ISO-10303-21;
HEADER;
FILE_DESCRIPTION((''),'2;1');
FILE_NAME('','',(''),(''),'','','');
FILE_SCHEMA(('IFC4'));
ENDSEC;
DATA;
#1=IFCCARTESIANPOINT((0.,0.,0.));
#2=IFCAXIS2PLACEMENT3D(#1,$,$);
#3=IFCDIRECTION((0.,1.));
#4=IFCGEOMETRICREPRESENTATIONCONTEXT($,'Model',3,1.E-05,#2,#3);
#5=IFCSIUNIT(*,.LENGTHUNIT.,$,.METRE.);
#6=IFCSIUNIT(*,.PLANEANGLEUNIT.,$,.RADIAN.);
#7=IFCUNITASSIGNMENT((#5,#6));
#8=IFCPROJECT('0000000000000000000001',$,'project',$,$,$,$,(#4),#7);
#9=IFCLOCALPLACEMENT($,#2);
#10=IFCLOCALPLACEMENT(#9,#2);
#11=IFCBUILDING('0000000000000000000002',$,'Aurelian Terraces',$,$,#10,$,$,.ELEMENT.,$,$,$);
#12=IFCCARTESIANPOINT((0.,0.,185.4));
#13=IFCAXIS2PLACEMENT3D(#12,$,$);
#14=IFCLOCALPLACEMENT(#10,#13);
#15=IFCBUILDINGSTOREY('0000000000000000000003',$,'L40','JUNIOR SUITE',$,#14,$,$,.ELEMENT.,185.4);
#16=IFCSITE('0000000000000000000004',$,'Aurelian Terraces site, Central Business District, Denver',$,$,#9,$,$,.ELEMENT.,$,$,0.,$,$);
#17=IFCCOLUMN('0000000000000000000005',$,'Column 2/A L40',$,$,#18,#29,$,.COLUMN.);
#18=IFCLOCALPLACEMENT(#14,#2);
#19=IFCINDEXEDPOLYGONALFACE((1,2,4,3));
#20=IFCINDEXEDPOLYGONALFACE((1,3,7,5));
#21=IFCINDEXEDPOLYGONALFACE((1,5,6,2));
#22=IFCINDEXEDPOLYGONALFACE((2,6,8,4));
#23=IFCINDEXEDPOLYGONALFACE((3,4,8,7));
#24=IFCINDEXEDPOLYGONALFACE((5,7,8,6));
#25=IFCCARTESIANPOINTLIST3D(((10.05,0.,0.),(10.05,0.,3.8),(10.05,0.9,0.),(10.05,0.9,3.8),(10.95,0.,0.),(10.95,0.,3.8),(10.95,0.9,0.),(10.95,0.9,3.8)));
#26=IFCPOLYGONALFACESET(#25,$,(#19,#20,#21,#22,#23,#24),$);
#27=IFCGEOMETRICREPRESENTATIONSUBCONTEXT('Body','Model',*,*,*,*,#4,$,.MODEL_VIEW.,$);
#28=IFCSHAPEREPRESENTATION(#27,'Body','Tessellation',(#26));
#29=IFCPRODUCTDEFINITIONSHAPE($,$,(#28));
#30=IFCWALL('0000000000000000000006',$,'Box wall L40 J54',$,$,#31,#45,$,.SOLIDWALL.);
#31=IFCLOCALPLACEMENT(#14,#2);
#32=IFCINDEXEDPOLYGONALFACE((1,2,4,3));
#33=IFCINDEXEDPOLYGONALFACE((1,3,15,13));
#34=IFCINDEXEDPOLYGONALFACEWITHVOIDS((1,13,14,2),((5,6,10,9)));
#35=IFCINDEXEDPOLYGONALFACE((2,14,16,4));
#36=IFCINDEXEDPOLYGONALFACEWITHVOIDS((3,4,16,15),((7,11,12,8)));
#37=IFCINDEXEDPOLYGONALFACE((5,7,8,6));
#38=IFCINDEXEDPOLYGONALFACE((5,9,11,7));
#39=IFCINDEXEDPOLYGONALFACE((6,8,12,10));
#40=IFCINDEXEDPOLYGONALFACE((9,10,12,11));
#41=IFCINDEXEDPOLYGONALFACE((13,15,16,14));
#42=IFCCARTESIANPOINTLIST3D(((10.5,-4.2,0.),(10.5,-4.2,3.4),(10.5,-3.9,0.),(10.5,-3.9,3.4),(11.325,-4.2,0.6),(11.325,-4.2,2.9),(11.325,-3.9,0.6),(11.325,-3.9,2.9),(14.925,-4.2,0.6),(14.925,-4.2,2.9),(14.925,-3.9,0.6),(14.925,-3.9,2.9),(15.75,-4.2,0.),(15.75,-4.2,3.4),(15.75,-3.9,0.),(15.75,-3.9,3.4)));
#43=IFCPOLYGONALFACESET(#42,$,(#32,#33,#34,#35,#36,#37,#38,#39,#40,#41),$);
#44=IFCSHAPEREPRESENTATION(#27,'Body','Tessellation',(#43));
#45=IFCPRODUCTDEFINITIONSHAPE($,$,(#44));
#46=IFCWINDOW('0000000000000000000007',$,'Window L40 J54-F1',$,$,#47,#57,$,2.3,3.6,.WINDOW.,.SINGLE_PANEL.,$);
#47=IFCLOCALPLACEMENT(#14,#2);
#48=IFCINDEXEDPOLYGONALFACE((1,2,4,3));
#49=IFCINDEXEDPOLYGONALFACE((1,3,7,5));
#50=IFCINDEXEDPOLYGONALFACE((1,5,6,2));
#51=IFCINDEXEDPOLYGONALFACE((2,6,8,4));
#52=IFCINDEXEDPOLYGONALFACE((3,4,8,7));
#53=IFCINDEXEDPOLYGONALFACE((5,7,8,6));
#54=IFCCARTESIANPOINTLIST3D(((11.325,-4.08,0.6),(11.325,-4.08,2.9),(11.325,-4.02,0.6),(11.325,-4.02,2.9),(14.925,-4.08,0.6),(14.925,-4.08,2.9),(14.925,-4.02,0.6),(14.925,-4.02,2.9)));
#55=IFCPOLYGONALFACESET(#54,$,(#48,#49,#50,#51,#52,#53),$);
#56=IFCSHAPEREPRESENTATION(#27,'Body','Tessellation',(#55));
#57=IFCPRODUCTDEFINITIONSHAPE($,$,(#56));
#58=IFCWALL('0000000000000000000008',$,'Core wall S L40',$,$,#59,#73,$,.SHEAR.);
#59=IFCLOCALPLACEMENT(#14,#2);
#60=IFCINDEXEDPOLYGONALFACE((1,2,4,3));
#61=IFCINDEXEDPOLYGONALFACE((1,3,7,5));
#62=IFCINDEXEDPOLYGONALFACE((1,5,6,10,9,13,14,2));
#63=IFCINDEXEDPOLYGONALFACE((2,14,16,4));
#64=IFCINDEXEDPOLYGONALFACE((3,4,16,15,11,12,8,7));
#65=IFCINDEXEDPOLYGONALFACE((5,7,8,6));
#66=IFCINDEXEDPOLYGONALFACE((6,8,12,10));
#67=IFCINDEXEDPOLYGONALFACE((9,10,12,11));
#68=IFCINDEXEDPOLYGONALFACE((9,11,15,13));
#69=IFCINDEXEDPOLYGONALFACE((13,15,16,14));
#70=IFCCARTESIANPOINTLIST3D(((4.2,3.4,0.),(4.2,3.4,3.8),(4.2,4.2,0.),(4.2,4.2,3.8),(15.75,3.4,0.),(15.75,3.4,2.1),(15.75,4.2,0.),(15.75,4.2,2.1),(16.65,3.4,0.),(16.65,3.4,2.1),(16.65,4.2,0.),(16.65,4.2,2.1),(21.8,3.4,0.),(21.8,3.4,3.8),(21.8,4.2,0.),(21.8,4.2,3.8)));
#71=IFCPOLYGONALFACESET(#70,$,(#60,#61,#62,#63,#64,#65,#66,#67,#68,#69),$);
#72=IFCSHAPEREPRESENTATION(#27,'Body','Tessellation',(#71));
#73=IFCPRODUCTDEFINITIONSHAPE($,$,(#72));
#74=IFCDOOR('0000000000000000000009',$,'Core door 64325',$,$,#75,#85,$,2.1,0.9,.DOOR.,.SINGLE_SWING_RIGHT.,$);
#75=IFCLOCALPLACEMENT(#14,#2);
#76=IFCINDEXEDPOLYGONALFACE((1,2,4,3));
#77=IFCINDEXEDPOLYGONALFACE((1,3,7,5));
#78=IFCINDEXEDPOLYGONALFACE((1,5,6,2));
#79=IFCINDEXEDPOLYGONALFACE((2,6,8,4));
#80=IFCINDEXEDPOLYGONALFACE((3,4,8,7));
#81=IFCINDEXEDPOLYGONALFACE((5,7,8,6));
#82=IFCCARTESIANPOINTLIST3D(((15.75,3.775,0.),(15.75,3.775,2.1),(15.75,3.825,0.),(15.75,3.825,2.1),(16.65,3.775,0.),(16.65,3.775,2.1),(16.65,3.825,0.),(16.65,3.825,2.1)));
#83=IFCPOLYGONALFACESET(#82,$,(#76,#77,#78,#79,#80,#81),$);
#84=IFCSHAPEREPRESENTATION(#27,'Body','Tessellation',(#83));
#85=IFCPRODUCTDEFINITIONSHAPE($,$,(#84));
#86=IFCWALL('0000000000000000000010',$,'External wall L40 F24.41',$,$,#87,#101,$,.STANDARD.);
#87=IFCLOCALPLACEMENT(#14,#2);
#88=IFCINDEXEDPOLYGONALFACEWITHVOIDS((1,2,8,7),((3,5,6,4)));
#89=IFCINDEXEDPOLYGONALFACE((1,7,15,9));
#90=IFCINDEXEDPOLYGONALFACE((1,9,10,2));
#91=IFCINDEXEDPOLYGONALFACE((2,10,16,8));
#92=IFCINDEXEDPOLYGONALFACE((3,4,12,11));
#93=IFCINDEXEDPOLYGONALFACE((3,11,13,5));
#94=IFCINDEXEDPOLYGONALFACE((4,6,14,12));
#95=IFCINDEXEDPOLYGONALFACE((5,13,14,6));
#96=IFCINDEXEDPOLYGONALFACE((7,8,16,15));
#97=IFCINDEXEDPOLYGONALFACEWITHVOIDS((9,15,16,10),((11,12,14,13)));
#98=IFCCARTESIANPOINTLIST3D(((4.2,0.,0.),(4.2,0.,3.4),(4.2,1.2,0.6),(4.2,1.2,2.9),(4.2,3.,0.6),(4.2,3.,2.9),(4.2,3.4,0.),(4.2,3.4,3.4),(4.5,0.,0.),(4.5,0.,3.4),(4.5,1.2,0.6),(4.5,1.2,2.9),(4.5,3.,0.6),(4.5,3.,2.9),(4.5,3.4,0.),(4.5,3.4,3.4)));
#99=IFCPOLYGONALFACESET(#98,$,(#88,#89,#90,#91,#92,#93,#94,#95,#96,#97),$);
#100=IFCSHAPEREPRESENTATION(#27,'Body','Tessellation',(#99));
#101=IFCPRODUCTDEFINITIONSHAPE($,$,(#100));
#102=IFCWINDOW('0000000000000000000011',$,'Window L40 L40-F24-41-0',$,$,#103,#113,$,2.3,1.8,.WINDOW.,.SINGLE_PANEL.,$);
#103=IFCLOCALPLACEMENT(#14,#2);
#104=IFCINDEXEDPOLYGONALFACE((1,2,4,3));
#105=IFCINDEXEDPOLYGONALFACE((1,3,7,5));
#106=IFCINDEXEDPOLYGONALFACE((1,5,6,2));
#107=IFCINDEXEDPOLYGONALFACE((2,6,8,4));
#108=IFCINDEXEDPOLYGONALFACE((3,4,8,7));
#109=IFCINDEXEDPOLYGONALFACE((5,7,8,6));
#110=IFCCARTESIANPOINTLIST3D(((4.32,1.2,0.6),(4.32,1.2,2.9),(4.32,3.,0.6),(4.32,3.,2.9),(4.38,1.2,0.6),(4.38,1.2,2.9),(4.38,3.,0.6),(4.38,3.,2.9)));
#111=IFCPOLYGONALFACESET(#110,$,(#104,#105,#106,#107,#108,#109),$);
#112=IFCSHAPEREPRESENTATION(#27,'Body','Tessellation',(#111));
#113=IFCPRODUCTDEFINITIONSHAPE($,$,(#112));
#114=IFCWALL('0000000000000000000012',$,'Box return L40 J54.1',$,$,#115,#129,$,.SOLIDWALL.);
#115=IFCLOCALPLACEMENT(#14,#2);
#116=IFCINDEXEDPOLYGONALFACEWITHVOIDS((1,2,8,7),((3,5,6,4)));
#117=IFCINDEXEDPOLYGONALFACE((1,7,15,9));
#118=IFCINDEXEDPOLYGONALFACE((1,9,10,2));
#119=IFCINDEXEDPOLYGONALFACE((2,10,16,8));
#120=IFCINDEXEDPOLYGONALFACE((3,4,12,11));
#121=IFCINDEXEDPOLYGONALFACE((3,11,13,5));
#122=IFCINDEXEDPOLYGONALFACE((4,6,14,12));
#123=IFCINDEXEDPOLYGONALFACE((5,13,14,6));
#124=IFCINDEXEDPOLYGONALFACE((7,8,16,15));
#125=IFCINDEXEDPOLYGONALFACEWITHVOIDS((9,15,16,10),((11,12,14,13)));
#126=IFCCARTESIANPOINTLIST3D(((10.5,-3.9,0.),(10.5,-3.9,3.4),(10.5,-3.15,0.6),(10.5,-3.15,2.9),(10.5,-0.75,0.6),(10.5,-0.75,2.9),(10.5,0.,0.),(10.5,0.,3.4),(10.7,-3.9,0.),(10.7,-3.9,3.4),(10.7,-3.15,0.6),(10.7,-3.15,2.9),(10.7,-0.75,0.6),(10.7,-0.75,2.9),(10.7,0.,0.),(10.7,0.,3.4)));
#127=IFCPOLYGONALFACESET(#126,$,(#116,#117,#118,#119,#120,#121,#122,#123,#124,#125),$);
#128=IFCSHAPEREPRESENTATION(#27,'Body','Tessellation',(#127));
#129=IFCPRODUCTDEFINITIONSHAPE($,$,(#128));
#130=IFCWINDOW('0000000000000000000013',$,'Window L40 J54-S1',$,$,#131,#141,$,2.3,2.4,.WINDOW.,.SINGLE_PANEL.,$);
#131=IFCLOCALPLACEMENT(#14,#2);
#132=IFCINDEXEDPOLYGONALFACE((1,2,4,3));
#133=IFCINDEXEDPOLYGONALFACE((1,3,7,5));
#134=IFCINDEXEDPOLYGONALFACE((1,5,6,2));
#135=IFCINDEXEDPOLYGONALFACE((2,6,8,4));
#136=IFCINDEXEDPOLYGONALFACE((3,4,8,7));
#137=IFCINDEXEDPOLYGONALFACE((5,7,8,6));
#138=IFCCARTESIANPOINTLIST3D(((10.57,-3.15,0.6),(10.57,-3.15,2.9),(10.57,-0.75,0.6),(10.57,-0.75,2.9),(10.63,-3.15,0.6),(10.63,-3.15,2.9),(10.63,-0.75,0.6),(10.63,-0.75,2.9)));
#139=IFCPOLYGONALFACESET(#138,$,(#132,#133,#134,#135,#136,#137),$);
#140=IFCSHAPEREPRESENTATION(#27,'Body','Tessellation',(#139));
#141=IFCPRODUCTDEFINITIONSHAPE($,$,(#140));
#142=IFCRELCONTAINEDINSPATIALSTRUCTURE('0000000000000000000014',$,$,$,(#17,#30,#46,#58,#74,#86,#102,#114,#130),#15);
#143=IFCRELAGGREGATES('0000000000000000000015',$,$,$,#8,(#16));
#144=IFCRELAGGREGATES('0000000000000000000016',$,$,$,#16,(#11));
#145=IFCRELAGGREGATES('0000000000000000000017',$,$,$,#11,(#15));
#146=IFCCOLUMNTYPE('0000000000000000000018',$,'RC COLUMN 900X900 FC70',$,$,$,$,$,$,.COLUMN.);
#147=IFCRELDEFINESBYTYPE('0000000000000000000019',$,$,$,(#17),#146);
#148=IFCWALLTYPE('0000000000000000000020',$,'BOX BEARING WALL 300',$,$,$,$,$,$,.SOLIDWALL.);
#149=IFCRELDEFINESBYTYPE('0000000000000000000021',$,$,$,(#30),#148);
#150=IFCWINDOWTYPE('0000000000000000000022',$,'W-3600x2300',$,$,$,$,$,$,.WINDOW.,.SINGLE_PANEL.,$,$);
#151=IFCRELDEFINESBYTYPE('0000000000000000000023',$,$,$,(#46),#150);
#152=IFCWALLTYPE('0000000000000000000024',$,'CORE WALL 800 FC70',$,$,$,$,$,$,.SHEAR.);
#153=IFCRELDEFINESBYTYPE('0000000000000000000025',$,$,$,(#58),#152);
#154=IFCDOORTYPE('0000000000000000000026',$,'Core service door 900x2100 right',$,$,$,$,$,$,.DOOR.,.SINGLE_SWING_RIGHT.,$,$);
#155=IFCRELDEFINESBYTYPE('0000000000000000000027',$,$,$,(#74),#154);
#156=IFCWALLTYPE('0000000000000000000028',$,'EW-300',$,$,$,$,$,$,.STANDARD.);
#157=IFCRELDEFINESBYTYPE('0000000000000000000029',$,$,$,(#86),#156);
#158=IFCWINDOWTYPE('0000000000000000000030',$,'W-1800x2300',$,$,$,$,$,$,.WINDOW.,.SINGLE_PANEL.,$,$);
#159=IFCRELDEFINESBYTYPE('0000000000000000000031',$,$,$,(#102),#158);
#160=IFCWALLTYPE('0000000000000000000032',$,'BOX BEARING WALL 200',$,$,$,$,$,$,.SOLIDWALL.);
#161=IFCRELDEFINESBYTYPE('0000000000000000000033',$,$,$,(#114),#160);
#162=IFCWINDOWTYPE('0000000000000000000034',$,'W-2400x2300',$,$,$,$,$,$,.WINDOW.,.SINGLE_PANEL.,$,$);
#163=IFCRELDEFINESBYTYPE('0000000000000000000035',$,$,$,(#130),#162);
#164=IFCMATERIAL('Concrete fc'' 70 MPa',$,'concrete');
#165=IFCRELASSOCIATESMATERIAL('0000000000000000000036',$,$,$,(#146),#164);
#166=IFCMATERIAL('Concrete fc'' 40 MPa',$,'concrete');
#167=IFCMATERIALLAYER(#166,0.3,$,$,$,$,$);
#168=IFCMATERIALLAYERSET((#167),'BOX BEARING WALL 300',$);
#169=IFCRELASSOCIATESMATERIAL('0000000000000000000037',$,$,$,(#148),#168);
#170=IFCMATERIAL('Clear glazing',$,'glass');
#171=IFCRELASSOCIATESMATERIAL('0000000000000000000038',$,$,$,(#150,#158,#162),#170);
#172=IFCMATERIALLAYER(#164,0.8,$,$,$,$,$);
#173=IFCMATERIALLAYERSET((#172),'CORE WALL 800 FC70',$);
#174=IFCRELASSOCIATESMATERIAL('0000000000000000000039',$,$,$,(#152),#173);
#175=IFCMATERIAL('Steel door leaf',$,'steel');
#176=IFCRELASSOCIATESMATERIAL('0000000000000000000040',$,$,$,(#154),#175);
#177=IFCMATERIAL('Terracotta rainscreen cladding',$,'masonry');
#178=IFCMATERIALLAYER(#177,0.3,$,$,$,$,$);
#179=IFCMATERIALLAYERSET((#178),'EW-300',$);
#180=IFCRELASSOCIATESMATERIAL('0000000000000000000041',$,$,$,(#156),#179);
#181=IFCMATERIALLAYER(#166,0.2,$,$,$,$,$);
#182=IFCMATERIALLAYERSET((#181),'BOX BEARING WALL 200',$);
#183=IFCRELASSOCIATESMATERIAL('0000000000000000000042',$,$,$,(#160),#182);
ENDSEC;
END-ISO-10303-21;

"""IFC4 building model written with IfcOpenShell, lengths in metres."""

from ifc_helpers import new_model, si_unit, direction, frame, frame_2d, origin, origin_2d, place, context, subcontext, project, spatial, rectangle, extrude, source, transform, mapped, material, layer, layer_set, material_profile, profile_set, type_object, element, fill, save


model = new_model("IFC4")

# Units and contexts
model_context = context("Model", 3, precision=1e-05, world=origin(), true_north=direction((0.0, 1.0)))
body_context = subcontext(model_context, "Body", "Model", "MODEL_VIEW")
ifc_project = project(units=[si_unit("LENGTHUNIT", "METRE"), si_unit("PLANEANGLEUNIT", "RADIAN")], contexts=[model_context])

# Site, building, storey
site_placement = place(None, origin())
site = spatial("IfcSite", under=ifc_project, at=site_placement, Name="Aurelian Terraces site, Central Business District, Denver", CompositionType="ELEMENT", RefElevation=0.0)
building_placement = place(site_placement, origin())
building = spatial("IfcBuilding", under=site, at=building_placement, Name="Aurelian Terraces", CompositionType="ELEMENT")
storey_placement = place(building_placement, frame((0.0, 0.0, 185.4)))
storey = spatial("IfcBuildingStorey", under=building, at=storey_placement, Name="L40", Description="JUNIOR SUITE", CompositionType="ELEMENT", Elevation=185.4)

# Column
ifc_material_1 = material(Name="Concrete fc' 70 MPa", Category="concrete")
ifc_material_profile = material_profile(ifc_material_1, rectangle(XDim=0.9, YDim=0.9, at=origin_2d()))
ifc_profile_set = profile_set([ifc_material_profile], Name="Concrete fc' 70 MPa")
column_type = type_object("IfcColumnType", Name="RC COLUMN 900X900 FC70", PredefinedType="COLUMN", material=ifc_profile_set)
shared_shape_1 = source(origin(), body_context, "Body", "SweptSolid", [
    extrude(rectangle(XDim=0.9, YDim=0.9, at=origin_2d()), origin(), (0.0, 0.0, 1.0), 3.8),
])
column_placement = place(storey_placement, frame((10.5, 0.45, 0.0), z_axis=(0.0, 0.0, 1.0), x_axis=(1.0, 0.0, 0.0)))
element("IfcColumn", 1, at=column_placement, inside=storey, type_object=column_type, Name="Column 2/A L40", PredefinedType="COLUMN", context=body_context, shape_type="MappedRepresentation", body=[
    mapped(shared_shape_1, transform((0.0, 0.0, 0.0), scale=1.0)),
])

# Wall, opening, window
ifc_material_2 = material(Name="Concrete fc' 40 MPa", Category="concrete")
ifc_layer_1 = layer(ifc_material_2, 0.3)
ifc_layer_set_1 = layer_set([ifc_layer_1], Name="BOX BEARING WALL 300")
wall_type_1 = type_object("IfcWallType", Name="BOX BEARING WALL 300", PredefinedType="SOLIDWALL", material=ifc_layer_set_1)
wall_1_placement = place(storey_placement, frame((10.5, -4.05, 0.0), z_axis=(0.0, 0.0, 1.0), x_axis=(1.0, 0.0, 0.0)))
wall_1 = element("IfcWall", 2, at=wall_1_placement, inside=storey, type_object=wall_type_1, Name="Box wall L40 J54", PredefinedType="SOLIDWALL", context=body_context, shape_type="SweptSolid", body=[
    extrude(rectangle(XDim=5.25, YDim=0.3, at=frame_2d((2.625, 0.0))), origin(), (0.0, 0.0, 1.0), 3.4),
])
shared_shape_2 = source(origin(), body_context, "Body", "SweptSolid", [
    extrude(rectangle(XDim=3.6, YDim=2.3, at=frame_2d((1.8, 1.15))), frame((0.0, 0.16, 0.0), z_axis=(0.0, -1.0, 0.0), x_axis=(1.0, 0.0, 0.0)), (0.0, 0.0, 1.0), 0.32),
])
opening_1_placement = place(wall_1_placement, frame((0.825, 0.0, 0.6)))
opening_1 = element("IfcOpeningElement", 3, at=opening_1_placement, cuts=wall_1, PredefinedType="OPENING", context=body_context, shape_type="MappedRepresentation", body=[
    mapped(shared_shape_2, transform((0.0, 0.0, 0.0), scale=1.0)),
])
ifc_material_3 = material(Name="Clear glazing", Category="glass")
window_type_1 = type_object("IfcWindowType", Name="W-3600x2300", PartitioningType="SINGLE_PANEL", PredefinedType="WINDOW", material=ifc_material_3)
shared_shape_3 = source(origin(), body_context, "Body", "SweptSolid", [
    extrude(rectangle(XDim=3.6, YDim=2.3, at=frame_2d((1.8, 1.15))), frame((0.0, 0.03, 0.0), z_axis=(0.0, -1.0, 0.0), x_axis=(1.0, 0.0, 0.0)), (0.0, 0.0, 1.0), 0.06),
])
window_1_placement = place(opening_1_placement, origin())
window_1 = element("IfcWindow", 4, at=window_1_placement, inside=storey, type_object=window_type_1, Name="Window L40 J54-F1", OverallHeight=2.3, OverallWidth=3.6, PartitioningType="SINGLE_PANEL", PredefinedType="WINDOW", context=body_context, shape_type="MappedRepresentation", body=[
    mapped(shared_shape_3, transform((0.0, 0.0, 0.0), scale=1.0)),
])
fill(opening_1, window_1)

# Wall, opening, door
ifc_layer_2 = layer(ifc_material_1, 0.8)
ifc_layer_set_2 = layer_set([ifc_layer_2], Name="CORE WALL 800 FC70")
wall_type_2 = type_object("IfcWallType", Name="CORE WALL 800 FC70", PredefinedType="SHEAR", material=ifc_layer_set_2)
shared_shape_4 = source(origin(), body_context, "Body", "SweptSolid", [
    extrude(rectangle(XDim=17.6, YDim=0.8, at=frame_2d((8.8, 0.0))), origin(), (0.0, 0.0, 1.0), 3.8),
])
wall_2_placement = place(storey_placement, frame((4.2, 3.8, 0.0), z_axis=(0.0, 0.0, 1.0), x_axis=(1.0, 0.0, 0.0)))
wall_2 = element("IfcWall", 5, at=wall_2_placement, inside=storey, type_object=wall_type_2, Name="Core wall S L40", PredefinedType="SHEAR", context=body_context, shape_type="MappedRepresentation", body=[
    mapped(shared_shape_4, transform((0.0, 0.0, 0.0), scale=1.0)),
])
shared_shape_5 = source(origin(), body_context, "Body", "SweptSolid", [
    extrude(rectangle(XDim=0.9, YDim=2.1, at=frame_2d((0.45, 1.05))), frame((0.0, 0.41, 0.0), z_axis=(0.0, -1.0, 0.0), x_axis=(1.0, 0.0, 0.0)), (0.0, 0.0, 1.0), 0.82),
])
opening_2_placement = place(wall_2_placement, frame((11.55, 0.0, 0.0)))
opening_2 = element("IfcOpeningElement", 6, at=opening_2_placement, cuts=wall_2, PredefinedType="OPENING", context=body_context, shape_type="MappedRepresentation", body=[
    mapped(shared_shape_5, transform((0.0, 0.0, 0.0), scale=1.0)),
])
ifc_material_4 = material(Name="Steel door leaf", Category="steel")
door_type_1 = type_object("IfcDoorType", Name="Core service door 900x2100 right", OperationType="SINGLE_SWING_RIGHT", PredefinedType="DOOR", material=ifc_material_4)
shared_shape_6 = source(origin(), body_context, "Body", "SweptSolid", [
    extrude(rectangle(XDim=0.9, YDim=2.1, at=frame_2d((0.45, 1.05))), frame((0.0, 0.025, 0.0), z_axis=(0.0, -1.0, 0.0), x_axis=(1.0, 0.0, 0.0)), (0.0, 0.0, 1.0), 0.05),
])
door_1_placement = place(opening_2_placement, origin())
door_1 = element("IfcDoor", 7, at=door_1_placement, inside=storey, type_object=door_type_1, Name="Core door 64325", OperationType="SINGLE_SWING_RIGHT", OverallHeight=2.1, OverallWidth=0.9, PredefinedType="DOOR", context=body_context, shape_type="MappedRepresentation", body=[
    mapped(shared_shape_6, transform((0.0, 0.0, 0.0), scale=1.0)),
])
fill(opening_2, door_1)

# Walls, openings, windows
ifc_material_5 = material(Name="Terracotta rainscreen cladding", Category="masonry")
ifc_layer_3 = layer(ifc_material_5, 0.3)
ifc_layer_set_3 = layer_set([ifc_layer_3], Name="EW-300")
wall_type_3 = type_object("IfcWallType", Name="EW-300", PredefinedType="STANDARD", material=ifc_layer_set_3)
shared_shape_7 = source(origin(), body_context, "Body", "SweptSolid", [
    extrude(rectangle(XDim=3.4, YDim=0.3, at=frame_2d((1.7, 0.0))), origin(), (0.0, 0.0, 1.0), 3.4),
])
wall_3_placement = place(storey_placement, frame((4.35, 3.4, 0.0), z_axis=(0.0, 0.0, 1.0), x_axis=(0.0, -1.0, 0.0)))
wall_3 = element("IfcWall", 8, at=wall_3_placement, inside=storey, type_object=wall_type_3, Name="External wall L40 F24.41", PredefinedType="STANDARD", context=body_context, shape_type="MappedRepresentation", body=[
    mapped(shared_shape_7, transform((0.0, 0.0, 0.0), scale=1.0)),
])
shared_shape_8 = source(origin(), body_context, "Body", "SweptSolid", [
    extrude(rectangle(XDim=1.8, YDim=2.3, at=frame_2d((0.9, 1.15))), frame((0.0, 0.16, 0.0), z_axis=(0.0, -1.0, 0.0), x_axis=(1.0, 0.0, 0.0)), (0.0, 0.0, 1.0), 0.32),
])
opening_3_placement = place(wall_3_placement, frame((0.4, 0.0, 0.6)))
opening_3 = element("IfcOpeningElement", 9, at=opening_3_placement, cuts=wall_3, PredefinedType="OPENING", context=body_context, shape_type="MappedRepresentation", body=[
    mapped(shared_shape_8, transform((0.0, 0.0, 0.0), scale=1.0)),
])
window_type_2 = type_object("IfcWindowType", Name="W-1800x2300", PartitioningType="SINGLE_PANEL", PredefinedType="WINDOW", material=ifc_material_3)
shared_shape_9 = source(origin(), body_context, "Body", "SweptSolid", [
    extrude(rectangle(XDim=1.8, YDim=2.3, at=frame_2d((0.9, 1.15))), frame((0.0, 0.03, 0.0), z_axis=(0.0, -1.0, 0.0), x_axis=(1.0, 0.0, 0.0)), (0.0, 0.0, 1.0), 0.06),
])
window_2_placement = place(opening_3_placement, origin())
window_2 = element("IfcWindow", 10, at=window_2_placement, inside=storey, type_object=window_type_2, Name="Window L40 L40-F24-41-0", OverallHeight=2.3, OverallWidth=1.8, PartitioningType="SINGLE_PANEL", PredefinedType="WINDOW", context=body_context, shape_type="MappedRepresentation", body=[
    mapped(shared_shape_9, transform((0.0, 0.0, 0.0), scale=1.0)),
])
fill(opening_3, window_2)
ifc_layer_4 = layer(ifc_material_2, 0.2)
ifc_layer_set_4 = layer_set([ifc_layer_4], Name="BOX BEARING WALL 200")
wall_type_4 = type_object("IfcWallType", Name="BOX BEARING WALL 200", PredefinedType="SOLIDWALL", material=ifc_layer_set_4)
shared_shape_10 = source(origin(), body_context, "Body", "SweptSolid", [
    extrude(rectangle(XDim=3.9, YDim=0.2, at=frame_2d((1.95, 0.0))), origin(), (0.0, 0.0, 1.0), 3.4),
])
wall_4_placement = place(storey_placement, frame((10.6, 0.0, 0.0), z_axis=(0.0, 0.0, 1.0), x_axis=(0.0, -1.0, 0.0)))
wall_4 = element("IfcWall", 11, at=wall_4_placement, inside=storey, type_object=wall_type_4, Name="Box return L40 J54.1", PredefinedType="SOLIDWALL", context=body_context, shape_type="MappedRepresentation", body=[
    mapped(shared_shape_10, transform((0.0, 0.0, 0.0), scale=1.0)),
])
shared_shape_11 = source(origin(), body_context, "Body", "SweptSolid", [
    extrude(rectangle(XDim=2.4, YDim=2.3, at=frame_2d((1.2, 1.15))), frame((0.0, 0.11, 0.0), z_axis=(0.0, -1.0, 0.0), x_axis=(1.0, 0.0, 0.0)), (0.0, 0.0, 1.0), 0.22),
])
opening_4_placement = place(wall_4_placement, frame((0.75, 0.0, 0.6)))
opening_4 = element("IfcOpeningElement", 12, at=opening_4_placement, cuts=wall_4, PredefinedType="OPENING", context=body_context, shape_type="MappedRepresentation", body=[
    mapped(shared_shape_11, transform((0.0, 0.0, 0.0), scale=1.0)),
])
window_type_3 = type_object("IfcWindowType", Name="W-2400x2300", PartitioningType="SINGLE_PANEL", PredefinedType="WINDOW", material=ifc_material_3)
shared_shape_12 = source(origin(), body_context, "Body", "SweptSolid", [
    extrude(rectangle(XDim=2.4, YDim=2.3, at=frame_2d((1.2, 1.15))), frame((0.0, 0.03, 0.0), z_axis=(0.0, -1.0, 0.0), x_axis=(1.0, 0.0, 0.0)), (0.0, 0.0, 1.0), 0.06),
])
window_3_placement = place(opening_4_placement, origin())
window_3 = element("IfcWindow", 13, at=window_3_placement, inside=storey, type_object=window_type_3, Name="Window L40 J54-S1", OverallHeight=2.3, OverallWidth=2.4, PartitioningType="SINGLE_PANEL", PredefinedType="WINDOW", context=body_context, shape_type="MappedRepresentation", body=[
    mapped(shared_shape_12, transform((0.0, 0.0, 0.0), scale=1.0)),
])
fill(opening_4, window_3)

save(model, "model.ifc")
